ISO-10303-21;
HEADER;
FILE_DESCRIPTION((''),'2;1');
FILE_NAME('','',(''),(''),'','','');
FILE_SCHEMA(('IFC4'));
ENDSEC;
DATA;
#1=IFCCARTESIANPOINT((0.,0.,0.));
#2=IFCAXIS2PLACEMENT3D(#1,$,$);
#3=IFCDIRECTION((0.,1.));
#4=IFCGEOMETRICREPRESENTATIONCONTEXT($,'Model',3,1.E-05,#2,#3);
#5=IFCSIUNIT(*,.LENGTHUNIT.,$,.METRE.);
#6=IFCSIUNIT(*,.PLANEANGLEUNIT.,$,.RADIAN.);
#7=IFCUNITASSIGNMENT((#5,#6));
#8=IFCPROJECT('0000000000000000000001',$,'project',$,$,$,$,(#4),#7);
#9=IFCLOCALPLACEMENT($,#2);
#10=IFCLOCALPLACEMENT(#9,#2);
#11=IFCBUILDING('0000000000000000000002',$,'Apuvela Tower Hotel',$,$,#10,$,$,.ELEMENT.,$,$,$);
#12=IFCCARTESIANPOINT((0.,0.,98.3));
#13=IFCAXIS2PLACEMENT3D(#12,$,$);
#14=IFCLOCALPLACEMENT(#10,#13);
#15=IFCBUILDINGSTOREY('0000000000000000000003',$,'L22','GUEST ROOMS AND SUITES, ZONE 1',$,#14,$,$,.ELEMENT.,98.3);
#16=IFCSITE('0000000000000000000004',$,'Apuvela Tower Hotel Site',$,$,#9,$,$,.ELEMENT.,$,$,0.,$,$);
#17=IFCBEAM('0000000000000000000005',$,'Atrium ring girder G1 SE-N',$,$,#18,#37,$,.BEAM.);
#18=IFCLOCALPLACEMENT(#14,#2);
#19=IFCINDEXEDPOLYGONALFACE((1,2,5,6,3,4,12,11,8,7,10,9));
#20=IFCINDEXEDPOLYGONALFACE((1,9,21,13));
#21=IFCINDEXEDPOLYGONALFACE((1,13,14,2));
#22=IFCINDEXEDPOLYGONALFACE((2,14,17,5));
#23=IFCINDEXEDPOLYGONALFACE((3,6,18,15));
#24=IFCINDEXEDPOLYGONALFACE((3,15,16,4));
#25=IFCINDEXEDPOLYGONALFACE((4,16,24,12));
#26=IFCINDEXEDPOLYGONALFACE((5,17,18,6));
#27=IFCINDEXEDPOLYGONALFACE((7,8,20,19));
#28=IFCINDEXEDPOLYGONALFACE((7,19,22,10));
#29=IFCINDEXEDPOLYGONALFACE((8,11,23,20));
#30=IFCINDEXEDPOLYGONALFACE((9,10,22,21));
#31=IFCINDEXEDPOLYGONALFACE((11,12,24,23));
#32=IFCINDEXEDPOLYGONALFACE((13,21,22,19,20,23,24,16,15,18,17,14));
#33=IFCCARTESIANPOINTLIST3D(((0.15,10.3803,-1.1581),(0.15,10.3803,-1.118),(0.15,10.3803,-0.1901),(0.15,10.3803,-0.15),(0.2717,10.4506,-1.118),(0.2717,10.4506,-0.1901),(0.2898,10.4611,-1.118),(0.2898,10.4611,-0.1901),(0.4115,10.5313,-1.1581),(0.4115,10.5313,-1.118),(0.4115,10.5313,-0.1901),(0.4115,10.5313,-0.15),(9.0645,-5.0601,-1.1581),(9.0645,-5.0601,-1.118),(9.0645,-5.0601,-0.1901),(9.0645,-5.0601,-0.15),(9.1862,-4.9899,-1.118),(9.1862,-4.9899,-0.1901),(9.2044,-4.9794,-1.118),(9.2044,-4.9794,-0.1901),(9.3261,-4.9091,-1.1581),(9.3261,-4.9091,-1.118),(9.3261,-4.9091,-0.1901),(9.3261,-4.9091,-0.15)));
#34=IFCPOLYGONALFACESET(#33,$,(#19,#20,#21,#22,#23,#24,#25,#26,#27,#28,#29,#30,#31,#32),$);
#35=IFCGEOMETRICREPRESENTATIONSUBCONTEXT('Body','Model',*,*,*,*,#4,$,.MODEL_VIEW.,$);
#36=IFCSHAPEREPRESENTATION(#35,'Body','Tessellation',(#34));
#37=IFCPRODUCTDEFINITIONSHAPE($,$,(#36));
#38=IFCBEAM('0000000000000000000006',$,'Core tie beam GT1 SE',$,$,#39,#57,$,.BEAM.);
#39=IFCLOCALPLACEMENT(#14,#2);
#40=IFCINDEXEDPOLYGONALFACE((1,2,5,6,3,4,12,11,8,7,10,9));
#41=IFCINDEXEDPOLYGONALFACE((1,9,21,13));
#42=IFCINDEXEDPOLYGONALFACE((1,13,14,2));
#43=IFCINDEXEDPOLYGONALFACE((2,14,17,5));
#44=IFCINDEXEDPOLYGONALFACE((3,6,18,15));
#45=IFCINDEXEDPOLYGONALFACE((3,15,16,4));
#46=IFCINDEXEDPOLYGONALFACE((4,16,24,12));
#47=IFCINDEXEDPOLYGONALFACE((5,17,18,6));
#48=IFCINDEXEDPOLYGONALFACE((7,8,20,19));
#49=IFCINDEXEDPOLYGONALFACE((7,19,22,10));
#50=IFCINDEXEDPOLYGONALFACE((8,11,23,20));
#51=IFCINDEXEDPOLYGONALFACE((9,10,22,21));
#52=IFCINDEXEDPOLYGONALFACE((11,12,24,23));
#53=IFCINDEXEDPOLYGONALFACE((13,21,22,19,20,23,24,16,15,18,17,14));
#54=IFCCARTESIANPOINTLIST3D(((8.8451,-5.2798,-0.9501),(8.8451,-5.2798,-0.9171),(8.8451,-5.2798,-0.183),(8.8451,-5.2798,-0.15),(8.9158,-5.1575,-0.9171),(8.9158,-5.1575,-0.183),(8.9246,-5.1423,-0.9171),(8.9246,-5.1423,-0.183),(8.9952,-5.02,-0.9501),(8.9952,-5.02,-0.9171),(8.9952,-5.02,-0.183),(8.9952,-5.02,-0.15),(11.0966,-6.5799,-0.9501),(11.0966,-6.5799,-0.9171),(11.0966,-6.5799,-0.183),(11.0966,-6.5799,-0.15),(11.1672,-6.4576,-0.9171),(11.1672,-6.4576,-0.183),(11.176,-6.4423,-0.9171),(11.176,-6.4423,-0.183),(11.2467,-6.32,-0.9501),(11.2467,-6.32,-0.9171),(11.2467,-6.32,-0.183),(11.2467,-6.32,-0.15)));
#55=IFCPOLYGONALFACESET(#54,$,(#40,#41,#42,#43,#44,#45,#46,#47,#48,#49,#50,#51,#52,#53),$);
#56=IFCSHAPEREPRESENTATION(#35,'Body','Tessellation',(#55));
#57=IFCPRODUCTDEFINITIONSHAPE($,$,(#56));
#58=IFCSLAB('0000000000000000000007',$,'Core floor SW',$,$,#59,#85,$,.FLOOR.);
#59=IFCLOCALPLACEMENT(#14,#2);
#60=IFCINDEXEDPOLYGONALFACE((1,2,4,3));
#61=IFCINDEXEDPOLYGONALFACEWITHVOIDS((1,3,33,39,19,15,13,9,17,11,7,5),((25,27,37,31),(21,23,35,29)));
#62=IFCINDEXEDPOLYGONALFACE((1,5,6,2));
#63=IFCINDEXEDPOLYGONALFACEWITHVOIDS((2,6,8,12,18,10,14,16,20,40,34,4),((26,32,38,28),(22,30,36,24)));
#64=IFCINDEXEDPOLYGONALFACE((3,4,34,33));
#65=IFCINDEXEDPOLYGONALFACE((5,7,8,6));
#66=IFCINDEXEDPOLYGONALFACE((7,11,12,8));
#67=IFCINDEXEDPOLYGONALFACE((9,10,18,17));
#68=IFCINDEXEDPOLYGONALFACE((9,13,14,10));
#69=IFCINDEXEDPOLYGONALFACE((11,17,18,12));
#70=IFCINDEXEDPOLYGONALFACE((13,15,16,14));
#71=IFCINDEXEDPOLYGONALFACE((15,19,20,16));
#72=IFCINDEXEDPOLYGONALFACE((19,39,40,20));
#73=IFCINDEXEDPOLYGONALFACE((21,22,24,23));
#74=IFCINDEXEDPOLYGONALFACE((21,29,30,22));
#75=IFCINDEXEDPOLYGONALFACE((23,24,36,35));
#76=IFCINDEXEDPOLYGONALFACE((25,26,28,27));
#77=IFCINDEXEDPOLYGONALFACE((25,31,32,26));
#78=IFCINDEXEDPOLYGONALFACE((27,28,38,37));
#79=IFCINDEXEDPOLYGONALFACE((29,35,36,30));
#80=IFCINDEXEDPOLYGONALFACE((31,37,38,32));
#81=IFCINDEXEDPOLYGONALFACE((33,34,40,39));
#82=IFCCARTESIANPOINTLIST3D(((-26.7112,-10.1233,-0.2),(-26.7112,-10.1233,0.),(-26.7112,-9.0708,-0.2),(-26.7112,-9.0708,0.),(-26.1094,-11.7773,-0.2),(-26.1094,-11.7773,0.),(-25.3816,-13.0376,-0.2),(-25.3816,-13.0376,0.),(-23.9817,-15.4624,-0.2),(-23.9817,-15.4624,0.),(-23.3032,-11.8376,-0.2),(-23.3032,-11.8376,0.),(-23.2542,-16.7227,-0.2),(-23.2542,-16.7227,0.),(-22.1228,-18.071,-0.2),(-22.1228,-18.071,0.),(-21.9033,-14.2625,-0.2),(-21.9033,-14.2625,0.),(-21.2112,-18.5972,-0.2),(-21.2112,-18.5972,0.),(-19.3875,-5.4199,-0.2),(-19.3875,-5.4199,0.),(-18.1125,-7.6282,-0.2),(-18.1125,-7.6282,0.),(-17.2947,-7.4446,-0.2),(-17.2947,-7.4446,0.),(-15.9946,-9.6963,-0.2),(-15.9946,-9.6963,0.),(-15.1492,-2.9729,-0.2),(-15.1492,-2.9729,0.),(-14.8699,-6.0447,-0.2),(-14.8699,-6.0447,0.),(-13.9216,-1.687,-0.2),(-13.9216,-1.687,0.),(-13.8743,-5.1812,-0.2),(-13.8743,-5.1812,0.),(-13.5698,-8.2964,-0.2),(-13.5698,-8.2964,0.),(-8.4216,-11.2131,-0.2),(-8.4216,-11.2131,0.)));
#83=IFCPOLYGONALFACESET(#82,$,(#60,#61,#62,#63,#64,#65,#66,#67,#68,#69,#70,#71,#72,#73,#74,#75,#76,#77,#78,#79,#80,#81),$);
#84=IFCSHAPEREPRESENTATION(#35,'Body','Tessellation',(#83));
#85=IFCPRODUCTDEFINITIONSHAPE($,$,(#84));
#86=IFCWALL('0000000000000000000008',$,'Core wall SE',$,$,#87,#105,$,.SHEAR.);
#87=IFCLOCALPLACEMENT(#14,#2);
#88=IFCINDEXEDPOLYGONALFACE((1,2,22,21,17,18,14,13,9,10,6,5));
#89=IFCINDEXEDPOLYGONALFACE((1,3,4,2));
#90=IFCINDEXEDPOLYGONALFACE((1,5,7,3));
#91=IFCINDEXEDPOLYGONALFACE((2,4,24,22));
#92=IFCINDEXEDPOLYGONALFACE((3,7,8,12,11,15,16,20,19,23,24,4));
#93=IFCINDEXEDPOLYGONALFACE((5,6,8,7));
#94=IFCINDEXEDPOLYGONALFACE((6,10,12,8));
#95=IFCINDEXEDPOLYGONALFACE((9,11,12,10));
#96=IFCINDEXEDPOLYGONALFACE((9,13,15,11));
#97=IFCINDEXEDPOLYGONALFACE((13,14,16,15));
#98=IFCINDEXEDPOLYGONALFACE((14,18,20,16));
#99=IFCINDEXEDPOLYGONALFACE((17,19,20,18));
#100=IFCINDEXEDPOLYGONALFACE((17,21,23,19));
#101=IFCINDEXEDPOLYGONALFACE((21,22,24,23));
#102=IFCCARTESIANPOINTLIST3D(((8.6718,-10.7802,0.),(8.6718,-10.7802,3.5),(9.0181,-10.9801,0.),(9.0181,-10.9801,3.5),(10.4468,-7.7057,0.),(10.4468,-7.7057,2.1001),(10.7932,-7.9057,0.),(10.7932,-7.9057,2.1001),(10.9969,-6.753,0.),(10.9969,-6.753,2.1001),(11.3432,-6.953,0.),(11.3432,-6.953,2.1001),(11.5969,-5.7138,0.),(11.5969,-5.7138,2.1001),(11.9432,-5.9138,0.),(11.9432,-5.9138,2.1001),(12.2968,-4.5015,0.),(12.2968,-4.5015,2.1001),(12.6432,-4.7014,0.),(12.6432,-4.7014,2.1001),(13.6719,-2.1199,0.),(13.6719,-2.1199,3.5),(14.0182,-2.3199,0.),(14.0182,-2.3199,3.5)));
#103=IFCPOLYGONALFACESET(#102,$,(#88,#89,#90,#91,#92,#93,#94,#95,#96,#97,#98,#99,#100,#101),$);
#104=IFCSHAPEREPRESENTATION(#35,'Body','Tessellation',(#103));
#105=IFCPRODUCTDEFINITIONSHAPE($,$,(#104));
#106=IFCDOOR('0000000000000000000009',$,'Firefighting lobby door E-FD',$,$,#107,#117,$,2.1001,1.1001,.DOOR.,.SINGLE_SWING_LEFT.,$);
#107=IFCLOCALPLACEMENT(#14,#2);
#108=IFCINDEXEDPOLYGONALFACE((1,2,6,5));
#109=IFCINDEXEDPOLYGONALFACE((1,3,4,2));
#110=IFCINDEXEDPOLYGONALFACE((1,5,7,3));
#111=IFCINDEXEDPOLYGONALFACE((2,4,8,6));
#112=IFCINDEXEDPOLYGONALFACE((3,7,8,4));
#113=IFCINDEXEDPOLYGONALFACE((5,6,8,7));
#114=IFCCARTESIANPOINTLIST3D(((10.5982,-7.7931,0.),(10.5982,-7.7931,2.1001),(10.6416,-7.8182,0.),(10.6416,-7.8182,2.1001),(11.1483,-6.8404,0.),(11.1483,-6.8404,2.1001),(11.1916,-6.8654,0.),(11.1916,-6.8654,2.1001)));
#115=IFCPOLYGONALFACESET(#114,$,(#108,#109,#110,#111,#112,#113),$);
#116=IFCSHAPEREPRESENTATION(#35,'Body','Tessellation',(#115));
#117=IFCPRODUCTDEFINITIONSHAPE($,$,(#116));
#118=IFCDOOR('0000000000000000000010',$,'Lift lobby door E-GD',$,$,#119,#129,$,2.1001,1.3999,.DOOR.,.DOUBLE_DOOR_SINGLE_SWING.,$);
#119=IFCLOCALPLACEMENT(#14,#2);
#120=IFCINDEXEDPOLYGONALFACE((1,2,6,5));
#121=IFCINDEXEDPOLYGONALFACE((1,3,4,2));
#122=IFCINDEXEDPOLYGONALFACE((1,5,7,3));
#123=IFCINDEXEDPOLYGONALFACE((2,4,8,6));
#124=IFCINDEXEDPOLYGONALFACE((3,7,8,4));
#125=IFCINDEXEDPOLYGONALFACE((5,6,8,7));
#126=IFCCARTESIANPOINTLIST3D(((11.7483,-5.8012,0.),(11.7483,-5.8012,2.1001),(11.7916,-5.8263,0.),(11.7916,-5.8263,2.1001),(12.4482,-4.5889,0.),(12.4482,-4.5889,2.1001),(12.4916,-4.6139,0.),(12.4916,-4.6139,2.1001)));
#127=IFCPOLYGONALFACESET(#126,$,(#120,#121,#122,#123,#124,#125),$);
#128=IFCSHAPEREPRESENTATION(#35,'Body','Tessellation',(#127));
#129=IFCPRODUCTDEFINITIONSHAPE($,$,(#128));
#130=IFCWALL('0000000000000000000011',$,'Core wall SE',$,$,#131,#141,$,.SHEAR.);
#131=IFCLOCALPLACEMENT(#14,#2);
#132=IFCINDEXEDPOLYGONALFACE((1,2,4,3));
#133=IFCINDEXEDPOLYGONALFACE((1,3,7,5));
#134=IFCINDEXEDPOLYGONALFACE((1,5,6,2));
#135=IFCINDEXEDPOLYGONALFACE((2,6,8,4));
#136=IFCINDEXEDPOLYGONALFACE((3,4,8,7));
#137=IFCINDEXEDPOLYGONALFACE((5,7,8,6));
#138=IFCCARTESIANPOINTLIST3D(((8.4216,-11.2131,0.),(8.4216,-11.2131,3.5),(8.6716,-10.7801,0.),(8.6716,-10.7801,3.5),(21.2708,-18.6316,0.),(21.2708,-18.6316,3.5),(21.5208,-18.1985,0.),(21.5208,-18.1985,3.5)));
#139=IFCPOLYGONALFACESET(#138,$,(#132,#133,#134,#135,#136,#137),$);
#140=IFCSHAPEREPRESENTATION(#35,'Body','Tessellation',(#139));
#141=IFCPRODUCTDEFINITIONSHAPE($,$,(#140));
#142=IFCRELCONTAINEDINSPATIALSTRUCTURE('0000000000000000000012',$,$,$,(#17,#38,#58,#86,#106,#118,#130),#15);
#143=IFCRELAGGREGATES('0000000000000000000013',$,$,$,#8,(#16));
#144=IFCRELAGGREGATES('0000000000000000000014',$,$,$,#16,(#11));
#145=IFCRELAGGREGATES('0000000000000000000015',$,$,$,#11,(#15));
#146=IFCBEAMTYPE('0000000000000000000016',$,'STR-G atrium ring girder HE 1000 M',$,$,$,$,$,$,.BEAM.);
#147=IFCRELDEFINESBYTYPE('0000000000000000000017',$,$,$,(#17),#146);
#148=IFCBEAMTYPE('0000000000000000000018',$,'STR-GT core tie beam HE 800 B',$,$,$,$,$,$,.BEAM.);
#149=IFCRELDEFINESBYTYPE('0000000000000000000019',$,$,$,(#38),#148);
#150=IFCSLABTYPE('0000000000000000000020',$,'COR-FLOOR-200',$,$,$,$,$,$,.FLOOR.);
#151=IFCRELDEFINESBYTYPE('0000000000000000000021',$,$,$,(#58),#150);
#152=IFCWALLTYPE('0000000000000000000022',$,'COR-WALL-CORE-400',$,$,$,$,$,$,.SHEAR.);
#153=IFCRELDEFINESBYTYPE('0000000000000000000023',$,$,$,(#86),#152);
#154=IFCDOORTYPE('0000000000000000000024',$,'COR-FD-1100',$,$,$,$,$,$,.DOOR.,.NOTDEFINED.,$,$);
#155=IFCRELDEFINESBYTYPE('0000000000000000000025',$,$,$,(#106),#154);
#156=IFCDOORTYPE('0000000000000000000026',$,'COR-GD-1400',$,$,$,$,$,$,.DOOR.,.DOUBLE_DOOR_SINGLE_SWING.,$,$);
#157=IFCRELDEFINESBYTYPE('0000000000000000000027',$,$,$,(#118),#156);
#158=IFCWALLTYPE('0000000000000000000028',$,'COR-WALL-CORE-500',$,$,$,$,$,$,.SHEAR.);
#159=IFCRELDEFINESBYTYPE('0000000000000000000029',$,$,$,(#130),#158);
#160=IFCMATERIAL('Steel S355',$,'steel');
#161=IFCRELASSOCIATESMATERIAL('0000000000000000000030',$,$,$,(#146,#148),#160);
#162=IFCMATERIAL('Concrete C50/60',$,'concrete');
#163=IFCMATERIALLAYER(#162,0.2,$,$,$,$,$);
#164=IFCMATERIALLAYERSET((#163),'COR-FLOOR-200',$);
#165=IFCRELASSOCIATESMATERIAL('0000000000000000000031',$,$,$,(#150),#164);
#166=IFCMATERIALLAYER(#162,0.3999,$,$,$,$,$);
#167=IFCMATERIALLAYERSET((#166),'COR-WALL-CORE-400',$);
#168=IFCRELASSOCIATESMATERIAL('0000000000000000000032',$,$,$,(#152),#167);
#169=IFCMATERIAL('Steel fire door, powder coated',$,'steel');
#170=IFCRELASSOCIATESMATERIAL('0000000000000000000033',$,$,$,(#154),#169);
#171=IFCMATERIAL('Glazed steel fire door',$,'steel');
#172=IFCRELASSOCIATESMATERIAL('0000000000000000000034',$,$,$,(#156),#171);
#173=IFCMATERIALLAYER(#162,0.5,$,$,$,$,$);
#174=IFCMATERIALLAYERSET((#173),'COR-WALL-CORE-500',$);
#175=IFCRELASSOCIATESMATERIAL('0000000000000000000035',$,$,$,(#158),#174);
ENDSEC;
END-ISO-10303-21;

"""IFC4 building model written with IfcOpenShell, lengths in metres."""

from ifc_helpers import new_model, si_unit, direction, frame, frame_2d, origin, origin_2d, place, context, subcontext, project, spatial, polyline, rectangle, i_section, outline, extrude, material, layer, layer_set, material_profile, profile_set, type_object, element, fill, save


model = new_model("IFC4")

# Units and contexts
model_context = context("Model", 3, precision=1e-05, world=origin(), true_north=direction((0.0, 1.0)))
body_context = subcontext(model_context, "Body", "Model", "MODEL_VIEW")
ifc_project = project(units=[si_unit("LENGTHUNIT", "METRE"), si_unit("PLANEANGLEUNIT", "RADIAN")], contexts=[model_context])

# Site, building, storey
site_placement = place(None, origin())
site = spatial("IfcSite", under=ifc_project, at=site_placement, Name="Apuvela Tower Hotel Site", CompositionType="ELEMENT", RefElevation=0.0)
building_placement = place(site_placement, origin())
building = spatial("IfcBuilding", under=site, at=building_placement, Name="Apuvela Tower Hotel", CompositionType="ELEMENT")
storey_placement = place(building_placement, frame((0.0, 0.0, 98.3)))
storey = spatial("IfcBuildingStorey", under=building, at=storey_placement, Name="L22", Description="GUEST ROOMS AND SUITES, ZONE 1", CompositionType="ELEMENT", Elevation=98.3)

# Beams
ifc_material_1 = material(Name="Steel S355", Category="steel")
ifc_material_profile_1 = material_profile(ifc_material_1, i_section(OverallWidth=0.302, OverallDepth=1.0081, WebThickness=0.021, FlangeThickness=0.04, at=origin_2d()), Name="HE 1000 M")
ifc_profile_set_1 = profile_set([ifc_material_profile_1], Name="Steel S355")
beam_type_1 = type_object("IfcBeamType", Name="STR-G atrium ring girder HE 1000 M", PredefinedType="BEAM", material=ifc_profile_set_1)
beam_1_placement = place(storey_placement, frame((9.1953, -4.9846, -0.6541), z_axis=(-0.500001, 0.866025, 0.0), x_axis=(-0.866025, -0.500001, 0.0)))
element("IfcBeam", 1, at=beam_1_placement, inside=storey, type_object=beam_type_1, Name="Atrium ring girder G1 SE-N", PredefinedType="BEAM", context=body_context, shape_type="SweptSolid", body=[
    extrude(i_section(OverallWidth=0.302, OverallDepth=1.0081, WebThickness=0.021, FlangeThickness=0.04, at=origin_2d()), origin(), (0.0, 0.0, 1.0), 17.8291),
])
ifc_material_profile_2 = material_profile(ifc_material_1, i_section(OverallWidth=0.3, OverallDepth=0.8, WebThickness=0.0176, FlangeThickness=0.033, at=origin_2d()), Name="HE 800 B")
ifc_profile_set_2 = profile_set([ifc_material_profile_2], Name="Steel S355")
beam_type_2 = type_object("IfcBeamType", Name="STR-GT core tie beam HE 800 B", PredefinedType="BEAM", material=ifc_profile_set_2)
beam_2_placement = place(storey_placement, frame((11.1716, -6.45, -0.55), z_axis=(-0.865998, 0.500048, 0.0), x_axis=(-0.500048, -0.865998, 0.0)))
element("IfcBeam", 2, at=beam_2_placement, inside=storey, type_object=beam_type_2, Name="Core tie beam GT1 SE", PredefinedType="BEAM", context=body_context, shape_type="SweptSolid", body=[
    extrude(i_section(OverallWidth=0.3, OverallDepth=0.8, WebThickness=0.0176, FlangeThickness=0.033, at=origin_2d()), origin(), (0.0, 0.0, 1.0), 2.5999),
])

# Slab
ifc_material_2 = material(Name="Concrete C50/60", Category="concrete")
ifc_layer_1 = layer(ifc_material_2, 0.2)
ifc_layer_set_1 = layer_set([ifc_layer_1], Name="COR-FLOOR-200")
slab_type = type_object("IfcSlabType", Name="COR-FLOOR-200", PredefinedType="FLOOR", material=ifc_layer_set_1)
slab_placement = place(storey_placement, frame((0.0, 0.0, -0.2)))
element("IfcSlab", 3, at=slab_placement, inside=storey, type_object=slab_type, Name="Core floor SW", PredefinedType="FLOOR", context=body_context, shape_type="SweptSolid", body=[
    extrude(outline(polyline([(-26.7112, -9.0708), (-26.7112, -10.1233), (-26.1094, -11.7773), (-25.3816, -13.0376), (-23.3032, -11.8376), (-21.9033, -14.2625), (-23.9817, -15.4624), (-23.2542, -16.7227), (-22.1228, -18.071), (-21.2112, -18.5972), (-8.4216, -11.2131), (-13.9216, -1.687), (-26.7112, -9.0708)]), holes=[polyline([(-13.8743, -5.1812), (-18.1125, -7.6282), (-19.3875, -5.4199), (-15.1492, -2.9729), (-13.8743, -5.1812)]), polyline([(-13.5698, -8.2964), (-15.9946, -9.6963), (-17.2947, -7.4446), (-14.8699, -6.0447), (-13.5698, -8.2964)])]), origin(), (0.0, 0.0, 1.0), 0.2),
])

# Wall, openings, doors
ifc_layer_2 = layer(ifc_material_2, 0.3999)
ifc_layer_set_2 = layer_set([ifc_layer_2], Name="COR-WALL-CORE-400")
wall_type_1 = type_object("IfcWallType", Name="COR-WALL-CORE-400", PredefinedType="SHEAR", material=ifc_layer_set_2)
wall_1_placement = place(storey_placement, frame((8.845, -10.8801, 0.0), z_axis=(0.0, 0.0, 1.0), x_axis=(0.500004, 0.866023, 0.0)))
wall_1 = element("IfcWall", 4, at=wall_1_placement, inside=storey, type_object=wall_type_1, Name="Core wall SE", PredefinedType="SHEAR", context=body_context, shape_type="SweptSolid", body=[
    extrude(rectangle(XDim=10.0, YDim=0.3999, at=frame_2d((5.0, 0.0))), origin(), (0.0, 0.0, 1.0), 3.5),
])
opening_1_placement = place(wall_1_placement, frame((3.55, 0.0, 0.0)))
opening_1 = element("IfcOpeningElement", 5, at=opening_1_placement, cuts=wall_1, PredefinedType="OPENING", context=body_context, shape_type="SweptSolid", body=[
    extrude(rectangle(XDim=1.1001, YDim=2.1001, at=frame_2d((0.55, 1.05))), frame((0.0, 0.21, 0.0), z_axis=(0.0, -1.0, 0.0), x_axis=(1.0, 0.0, 0.0)), (0.0, 0.0, 1.0), 0.4199),
])
opening_2_placement = place(wall_1_placement, frame((5.8501, 0.0, 0.0)))
opening_2 = element("IfcOpeningElement", 6, at=opening_2_placement, cuts=wall_1, PredefinedType="OPENING", context=body_context, shape_type="SweptSolid", body=[
    extrude(rectangle(XDim=1.3999, YDim=2.1001, at=frame_2d((0.7, 1.05))), frame((0.0, 0.21, 0.0), z_axis=(0.0, -1.0, 0.0), x_axis=(1.0, 0.0, 0.0)), (0.0, 0.0, 1.0), 0.4199),
])
ifc_material_3 = material(Name="Steel fire door, powder coated", Category="steel")
door_type_1 = type_object("IfcDoorType", Name="COR-FD-1100", OperationType="NOTDEFINED", PredefinedType="DOOR", material=ifc_material_3)
door_1_placement = place(opening_1_placement, frame((1.1001, 0.0, 0.0), z_axis=(0.0, 0.0, 1.0), x_axis=(-1.0, 0.0, 0.0)))
door_1 = element("IfcDoor", 7, at=door_1_placement, inside=storey, type_object=door_type_1, Name="Firefighting lobby door E-FD", OperationType="SINGLE_SWING_LEFT", OverallHeight=2.1001, OverallWidth=1.1001, PredefinedType="DOOR", context=body_context, shape_type="SweptSolid", body=[
    extrude(rectangle(XDim=1.1001, YDim=2.1001, at=frame_2d((0.55, 1.05))), frame((0.0, 0.0249, 0.0), z_axis=(0.0, -1.0, 0.0), x_axis=(1.0, 0.0, 0.0)), (0.0, 0.0, 1.0), 0.05),
])
fill(opening_1, door_1)
ifc_material_4 = material(Name="Glazed steel fire door", Category="steel")
door_type_2 = type_object("IfcDoorType", Name="COR-GD-1400", OperationType="DOUBLE_DOOR_SINGLE_SWING", PredefinedType="DOOR", material=ifc_material_4)
door_2_placement = place(opening_2_placement, frame((1.3999, 0.0, 0.0), z_axis=(0.0, 0.0, 1.0), x_axis=(-1.0, 0.0, 0.0)))
door_2 = element("IfcDoor", 8, at=door_2_placement, inside=storey, type_object=door_type_2, Name="Lift lobby door E-GD", OperationType="DOUBLE_DOOR_SINGLE_SWING", OverallHeight=2.1001, OverallWidth=1.3999, PredefinedType="DOOR", context=body_context, shape_type="SweptSolid", body=[
    extrude(rectangle(XDim=1.3999, YDim=2.1001, at=frame_2d((0.7, 1.05))), frame((0.0, 0.0249, 0.0), z_axis=(0.0, -1.0, 0.0), x_axis=(1.0, 0.0, 0.0)), (0.0, 0.0, 1.0), 0.05),
])
fill(opening_2, door_2)

# Wall
ifc_layer_3 = layer(ifc_material_2, 0.5)
ifc_layer_set_3 = layer_set([ifc_layer_3], Name="COR-WALL-CORE-500")
wall_type_2 = type_object("IfcWallType", Name="COR-WALL-CORE-500", PredefinedType="SHEAR", material=ifc_layer_set_3)
wall_2_placement = place(storey_placement, frame((8.5466, -10.9966, 0.0), z_axis=(0.0, 0.0, 1.0), x_axis=(0.866025, -0.500001, 0.0)))
element("IfcWall", 9, at=wall_2_placement, inside=storey, type_object=wall_type_2, Name="Core wall SE", PredefinedType="SHEAR", context=body_context, shape_type="SweptSolid", body=[
    extrude(rectangle(XDim=14.8369, YDim=0.5, at=frame_2d((7.4185, 0.0))), origin(), (0.0, 0.0, 1.0), 3.5),
])

save(model, "model.ifc")
